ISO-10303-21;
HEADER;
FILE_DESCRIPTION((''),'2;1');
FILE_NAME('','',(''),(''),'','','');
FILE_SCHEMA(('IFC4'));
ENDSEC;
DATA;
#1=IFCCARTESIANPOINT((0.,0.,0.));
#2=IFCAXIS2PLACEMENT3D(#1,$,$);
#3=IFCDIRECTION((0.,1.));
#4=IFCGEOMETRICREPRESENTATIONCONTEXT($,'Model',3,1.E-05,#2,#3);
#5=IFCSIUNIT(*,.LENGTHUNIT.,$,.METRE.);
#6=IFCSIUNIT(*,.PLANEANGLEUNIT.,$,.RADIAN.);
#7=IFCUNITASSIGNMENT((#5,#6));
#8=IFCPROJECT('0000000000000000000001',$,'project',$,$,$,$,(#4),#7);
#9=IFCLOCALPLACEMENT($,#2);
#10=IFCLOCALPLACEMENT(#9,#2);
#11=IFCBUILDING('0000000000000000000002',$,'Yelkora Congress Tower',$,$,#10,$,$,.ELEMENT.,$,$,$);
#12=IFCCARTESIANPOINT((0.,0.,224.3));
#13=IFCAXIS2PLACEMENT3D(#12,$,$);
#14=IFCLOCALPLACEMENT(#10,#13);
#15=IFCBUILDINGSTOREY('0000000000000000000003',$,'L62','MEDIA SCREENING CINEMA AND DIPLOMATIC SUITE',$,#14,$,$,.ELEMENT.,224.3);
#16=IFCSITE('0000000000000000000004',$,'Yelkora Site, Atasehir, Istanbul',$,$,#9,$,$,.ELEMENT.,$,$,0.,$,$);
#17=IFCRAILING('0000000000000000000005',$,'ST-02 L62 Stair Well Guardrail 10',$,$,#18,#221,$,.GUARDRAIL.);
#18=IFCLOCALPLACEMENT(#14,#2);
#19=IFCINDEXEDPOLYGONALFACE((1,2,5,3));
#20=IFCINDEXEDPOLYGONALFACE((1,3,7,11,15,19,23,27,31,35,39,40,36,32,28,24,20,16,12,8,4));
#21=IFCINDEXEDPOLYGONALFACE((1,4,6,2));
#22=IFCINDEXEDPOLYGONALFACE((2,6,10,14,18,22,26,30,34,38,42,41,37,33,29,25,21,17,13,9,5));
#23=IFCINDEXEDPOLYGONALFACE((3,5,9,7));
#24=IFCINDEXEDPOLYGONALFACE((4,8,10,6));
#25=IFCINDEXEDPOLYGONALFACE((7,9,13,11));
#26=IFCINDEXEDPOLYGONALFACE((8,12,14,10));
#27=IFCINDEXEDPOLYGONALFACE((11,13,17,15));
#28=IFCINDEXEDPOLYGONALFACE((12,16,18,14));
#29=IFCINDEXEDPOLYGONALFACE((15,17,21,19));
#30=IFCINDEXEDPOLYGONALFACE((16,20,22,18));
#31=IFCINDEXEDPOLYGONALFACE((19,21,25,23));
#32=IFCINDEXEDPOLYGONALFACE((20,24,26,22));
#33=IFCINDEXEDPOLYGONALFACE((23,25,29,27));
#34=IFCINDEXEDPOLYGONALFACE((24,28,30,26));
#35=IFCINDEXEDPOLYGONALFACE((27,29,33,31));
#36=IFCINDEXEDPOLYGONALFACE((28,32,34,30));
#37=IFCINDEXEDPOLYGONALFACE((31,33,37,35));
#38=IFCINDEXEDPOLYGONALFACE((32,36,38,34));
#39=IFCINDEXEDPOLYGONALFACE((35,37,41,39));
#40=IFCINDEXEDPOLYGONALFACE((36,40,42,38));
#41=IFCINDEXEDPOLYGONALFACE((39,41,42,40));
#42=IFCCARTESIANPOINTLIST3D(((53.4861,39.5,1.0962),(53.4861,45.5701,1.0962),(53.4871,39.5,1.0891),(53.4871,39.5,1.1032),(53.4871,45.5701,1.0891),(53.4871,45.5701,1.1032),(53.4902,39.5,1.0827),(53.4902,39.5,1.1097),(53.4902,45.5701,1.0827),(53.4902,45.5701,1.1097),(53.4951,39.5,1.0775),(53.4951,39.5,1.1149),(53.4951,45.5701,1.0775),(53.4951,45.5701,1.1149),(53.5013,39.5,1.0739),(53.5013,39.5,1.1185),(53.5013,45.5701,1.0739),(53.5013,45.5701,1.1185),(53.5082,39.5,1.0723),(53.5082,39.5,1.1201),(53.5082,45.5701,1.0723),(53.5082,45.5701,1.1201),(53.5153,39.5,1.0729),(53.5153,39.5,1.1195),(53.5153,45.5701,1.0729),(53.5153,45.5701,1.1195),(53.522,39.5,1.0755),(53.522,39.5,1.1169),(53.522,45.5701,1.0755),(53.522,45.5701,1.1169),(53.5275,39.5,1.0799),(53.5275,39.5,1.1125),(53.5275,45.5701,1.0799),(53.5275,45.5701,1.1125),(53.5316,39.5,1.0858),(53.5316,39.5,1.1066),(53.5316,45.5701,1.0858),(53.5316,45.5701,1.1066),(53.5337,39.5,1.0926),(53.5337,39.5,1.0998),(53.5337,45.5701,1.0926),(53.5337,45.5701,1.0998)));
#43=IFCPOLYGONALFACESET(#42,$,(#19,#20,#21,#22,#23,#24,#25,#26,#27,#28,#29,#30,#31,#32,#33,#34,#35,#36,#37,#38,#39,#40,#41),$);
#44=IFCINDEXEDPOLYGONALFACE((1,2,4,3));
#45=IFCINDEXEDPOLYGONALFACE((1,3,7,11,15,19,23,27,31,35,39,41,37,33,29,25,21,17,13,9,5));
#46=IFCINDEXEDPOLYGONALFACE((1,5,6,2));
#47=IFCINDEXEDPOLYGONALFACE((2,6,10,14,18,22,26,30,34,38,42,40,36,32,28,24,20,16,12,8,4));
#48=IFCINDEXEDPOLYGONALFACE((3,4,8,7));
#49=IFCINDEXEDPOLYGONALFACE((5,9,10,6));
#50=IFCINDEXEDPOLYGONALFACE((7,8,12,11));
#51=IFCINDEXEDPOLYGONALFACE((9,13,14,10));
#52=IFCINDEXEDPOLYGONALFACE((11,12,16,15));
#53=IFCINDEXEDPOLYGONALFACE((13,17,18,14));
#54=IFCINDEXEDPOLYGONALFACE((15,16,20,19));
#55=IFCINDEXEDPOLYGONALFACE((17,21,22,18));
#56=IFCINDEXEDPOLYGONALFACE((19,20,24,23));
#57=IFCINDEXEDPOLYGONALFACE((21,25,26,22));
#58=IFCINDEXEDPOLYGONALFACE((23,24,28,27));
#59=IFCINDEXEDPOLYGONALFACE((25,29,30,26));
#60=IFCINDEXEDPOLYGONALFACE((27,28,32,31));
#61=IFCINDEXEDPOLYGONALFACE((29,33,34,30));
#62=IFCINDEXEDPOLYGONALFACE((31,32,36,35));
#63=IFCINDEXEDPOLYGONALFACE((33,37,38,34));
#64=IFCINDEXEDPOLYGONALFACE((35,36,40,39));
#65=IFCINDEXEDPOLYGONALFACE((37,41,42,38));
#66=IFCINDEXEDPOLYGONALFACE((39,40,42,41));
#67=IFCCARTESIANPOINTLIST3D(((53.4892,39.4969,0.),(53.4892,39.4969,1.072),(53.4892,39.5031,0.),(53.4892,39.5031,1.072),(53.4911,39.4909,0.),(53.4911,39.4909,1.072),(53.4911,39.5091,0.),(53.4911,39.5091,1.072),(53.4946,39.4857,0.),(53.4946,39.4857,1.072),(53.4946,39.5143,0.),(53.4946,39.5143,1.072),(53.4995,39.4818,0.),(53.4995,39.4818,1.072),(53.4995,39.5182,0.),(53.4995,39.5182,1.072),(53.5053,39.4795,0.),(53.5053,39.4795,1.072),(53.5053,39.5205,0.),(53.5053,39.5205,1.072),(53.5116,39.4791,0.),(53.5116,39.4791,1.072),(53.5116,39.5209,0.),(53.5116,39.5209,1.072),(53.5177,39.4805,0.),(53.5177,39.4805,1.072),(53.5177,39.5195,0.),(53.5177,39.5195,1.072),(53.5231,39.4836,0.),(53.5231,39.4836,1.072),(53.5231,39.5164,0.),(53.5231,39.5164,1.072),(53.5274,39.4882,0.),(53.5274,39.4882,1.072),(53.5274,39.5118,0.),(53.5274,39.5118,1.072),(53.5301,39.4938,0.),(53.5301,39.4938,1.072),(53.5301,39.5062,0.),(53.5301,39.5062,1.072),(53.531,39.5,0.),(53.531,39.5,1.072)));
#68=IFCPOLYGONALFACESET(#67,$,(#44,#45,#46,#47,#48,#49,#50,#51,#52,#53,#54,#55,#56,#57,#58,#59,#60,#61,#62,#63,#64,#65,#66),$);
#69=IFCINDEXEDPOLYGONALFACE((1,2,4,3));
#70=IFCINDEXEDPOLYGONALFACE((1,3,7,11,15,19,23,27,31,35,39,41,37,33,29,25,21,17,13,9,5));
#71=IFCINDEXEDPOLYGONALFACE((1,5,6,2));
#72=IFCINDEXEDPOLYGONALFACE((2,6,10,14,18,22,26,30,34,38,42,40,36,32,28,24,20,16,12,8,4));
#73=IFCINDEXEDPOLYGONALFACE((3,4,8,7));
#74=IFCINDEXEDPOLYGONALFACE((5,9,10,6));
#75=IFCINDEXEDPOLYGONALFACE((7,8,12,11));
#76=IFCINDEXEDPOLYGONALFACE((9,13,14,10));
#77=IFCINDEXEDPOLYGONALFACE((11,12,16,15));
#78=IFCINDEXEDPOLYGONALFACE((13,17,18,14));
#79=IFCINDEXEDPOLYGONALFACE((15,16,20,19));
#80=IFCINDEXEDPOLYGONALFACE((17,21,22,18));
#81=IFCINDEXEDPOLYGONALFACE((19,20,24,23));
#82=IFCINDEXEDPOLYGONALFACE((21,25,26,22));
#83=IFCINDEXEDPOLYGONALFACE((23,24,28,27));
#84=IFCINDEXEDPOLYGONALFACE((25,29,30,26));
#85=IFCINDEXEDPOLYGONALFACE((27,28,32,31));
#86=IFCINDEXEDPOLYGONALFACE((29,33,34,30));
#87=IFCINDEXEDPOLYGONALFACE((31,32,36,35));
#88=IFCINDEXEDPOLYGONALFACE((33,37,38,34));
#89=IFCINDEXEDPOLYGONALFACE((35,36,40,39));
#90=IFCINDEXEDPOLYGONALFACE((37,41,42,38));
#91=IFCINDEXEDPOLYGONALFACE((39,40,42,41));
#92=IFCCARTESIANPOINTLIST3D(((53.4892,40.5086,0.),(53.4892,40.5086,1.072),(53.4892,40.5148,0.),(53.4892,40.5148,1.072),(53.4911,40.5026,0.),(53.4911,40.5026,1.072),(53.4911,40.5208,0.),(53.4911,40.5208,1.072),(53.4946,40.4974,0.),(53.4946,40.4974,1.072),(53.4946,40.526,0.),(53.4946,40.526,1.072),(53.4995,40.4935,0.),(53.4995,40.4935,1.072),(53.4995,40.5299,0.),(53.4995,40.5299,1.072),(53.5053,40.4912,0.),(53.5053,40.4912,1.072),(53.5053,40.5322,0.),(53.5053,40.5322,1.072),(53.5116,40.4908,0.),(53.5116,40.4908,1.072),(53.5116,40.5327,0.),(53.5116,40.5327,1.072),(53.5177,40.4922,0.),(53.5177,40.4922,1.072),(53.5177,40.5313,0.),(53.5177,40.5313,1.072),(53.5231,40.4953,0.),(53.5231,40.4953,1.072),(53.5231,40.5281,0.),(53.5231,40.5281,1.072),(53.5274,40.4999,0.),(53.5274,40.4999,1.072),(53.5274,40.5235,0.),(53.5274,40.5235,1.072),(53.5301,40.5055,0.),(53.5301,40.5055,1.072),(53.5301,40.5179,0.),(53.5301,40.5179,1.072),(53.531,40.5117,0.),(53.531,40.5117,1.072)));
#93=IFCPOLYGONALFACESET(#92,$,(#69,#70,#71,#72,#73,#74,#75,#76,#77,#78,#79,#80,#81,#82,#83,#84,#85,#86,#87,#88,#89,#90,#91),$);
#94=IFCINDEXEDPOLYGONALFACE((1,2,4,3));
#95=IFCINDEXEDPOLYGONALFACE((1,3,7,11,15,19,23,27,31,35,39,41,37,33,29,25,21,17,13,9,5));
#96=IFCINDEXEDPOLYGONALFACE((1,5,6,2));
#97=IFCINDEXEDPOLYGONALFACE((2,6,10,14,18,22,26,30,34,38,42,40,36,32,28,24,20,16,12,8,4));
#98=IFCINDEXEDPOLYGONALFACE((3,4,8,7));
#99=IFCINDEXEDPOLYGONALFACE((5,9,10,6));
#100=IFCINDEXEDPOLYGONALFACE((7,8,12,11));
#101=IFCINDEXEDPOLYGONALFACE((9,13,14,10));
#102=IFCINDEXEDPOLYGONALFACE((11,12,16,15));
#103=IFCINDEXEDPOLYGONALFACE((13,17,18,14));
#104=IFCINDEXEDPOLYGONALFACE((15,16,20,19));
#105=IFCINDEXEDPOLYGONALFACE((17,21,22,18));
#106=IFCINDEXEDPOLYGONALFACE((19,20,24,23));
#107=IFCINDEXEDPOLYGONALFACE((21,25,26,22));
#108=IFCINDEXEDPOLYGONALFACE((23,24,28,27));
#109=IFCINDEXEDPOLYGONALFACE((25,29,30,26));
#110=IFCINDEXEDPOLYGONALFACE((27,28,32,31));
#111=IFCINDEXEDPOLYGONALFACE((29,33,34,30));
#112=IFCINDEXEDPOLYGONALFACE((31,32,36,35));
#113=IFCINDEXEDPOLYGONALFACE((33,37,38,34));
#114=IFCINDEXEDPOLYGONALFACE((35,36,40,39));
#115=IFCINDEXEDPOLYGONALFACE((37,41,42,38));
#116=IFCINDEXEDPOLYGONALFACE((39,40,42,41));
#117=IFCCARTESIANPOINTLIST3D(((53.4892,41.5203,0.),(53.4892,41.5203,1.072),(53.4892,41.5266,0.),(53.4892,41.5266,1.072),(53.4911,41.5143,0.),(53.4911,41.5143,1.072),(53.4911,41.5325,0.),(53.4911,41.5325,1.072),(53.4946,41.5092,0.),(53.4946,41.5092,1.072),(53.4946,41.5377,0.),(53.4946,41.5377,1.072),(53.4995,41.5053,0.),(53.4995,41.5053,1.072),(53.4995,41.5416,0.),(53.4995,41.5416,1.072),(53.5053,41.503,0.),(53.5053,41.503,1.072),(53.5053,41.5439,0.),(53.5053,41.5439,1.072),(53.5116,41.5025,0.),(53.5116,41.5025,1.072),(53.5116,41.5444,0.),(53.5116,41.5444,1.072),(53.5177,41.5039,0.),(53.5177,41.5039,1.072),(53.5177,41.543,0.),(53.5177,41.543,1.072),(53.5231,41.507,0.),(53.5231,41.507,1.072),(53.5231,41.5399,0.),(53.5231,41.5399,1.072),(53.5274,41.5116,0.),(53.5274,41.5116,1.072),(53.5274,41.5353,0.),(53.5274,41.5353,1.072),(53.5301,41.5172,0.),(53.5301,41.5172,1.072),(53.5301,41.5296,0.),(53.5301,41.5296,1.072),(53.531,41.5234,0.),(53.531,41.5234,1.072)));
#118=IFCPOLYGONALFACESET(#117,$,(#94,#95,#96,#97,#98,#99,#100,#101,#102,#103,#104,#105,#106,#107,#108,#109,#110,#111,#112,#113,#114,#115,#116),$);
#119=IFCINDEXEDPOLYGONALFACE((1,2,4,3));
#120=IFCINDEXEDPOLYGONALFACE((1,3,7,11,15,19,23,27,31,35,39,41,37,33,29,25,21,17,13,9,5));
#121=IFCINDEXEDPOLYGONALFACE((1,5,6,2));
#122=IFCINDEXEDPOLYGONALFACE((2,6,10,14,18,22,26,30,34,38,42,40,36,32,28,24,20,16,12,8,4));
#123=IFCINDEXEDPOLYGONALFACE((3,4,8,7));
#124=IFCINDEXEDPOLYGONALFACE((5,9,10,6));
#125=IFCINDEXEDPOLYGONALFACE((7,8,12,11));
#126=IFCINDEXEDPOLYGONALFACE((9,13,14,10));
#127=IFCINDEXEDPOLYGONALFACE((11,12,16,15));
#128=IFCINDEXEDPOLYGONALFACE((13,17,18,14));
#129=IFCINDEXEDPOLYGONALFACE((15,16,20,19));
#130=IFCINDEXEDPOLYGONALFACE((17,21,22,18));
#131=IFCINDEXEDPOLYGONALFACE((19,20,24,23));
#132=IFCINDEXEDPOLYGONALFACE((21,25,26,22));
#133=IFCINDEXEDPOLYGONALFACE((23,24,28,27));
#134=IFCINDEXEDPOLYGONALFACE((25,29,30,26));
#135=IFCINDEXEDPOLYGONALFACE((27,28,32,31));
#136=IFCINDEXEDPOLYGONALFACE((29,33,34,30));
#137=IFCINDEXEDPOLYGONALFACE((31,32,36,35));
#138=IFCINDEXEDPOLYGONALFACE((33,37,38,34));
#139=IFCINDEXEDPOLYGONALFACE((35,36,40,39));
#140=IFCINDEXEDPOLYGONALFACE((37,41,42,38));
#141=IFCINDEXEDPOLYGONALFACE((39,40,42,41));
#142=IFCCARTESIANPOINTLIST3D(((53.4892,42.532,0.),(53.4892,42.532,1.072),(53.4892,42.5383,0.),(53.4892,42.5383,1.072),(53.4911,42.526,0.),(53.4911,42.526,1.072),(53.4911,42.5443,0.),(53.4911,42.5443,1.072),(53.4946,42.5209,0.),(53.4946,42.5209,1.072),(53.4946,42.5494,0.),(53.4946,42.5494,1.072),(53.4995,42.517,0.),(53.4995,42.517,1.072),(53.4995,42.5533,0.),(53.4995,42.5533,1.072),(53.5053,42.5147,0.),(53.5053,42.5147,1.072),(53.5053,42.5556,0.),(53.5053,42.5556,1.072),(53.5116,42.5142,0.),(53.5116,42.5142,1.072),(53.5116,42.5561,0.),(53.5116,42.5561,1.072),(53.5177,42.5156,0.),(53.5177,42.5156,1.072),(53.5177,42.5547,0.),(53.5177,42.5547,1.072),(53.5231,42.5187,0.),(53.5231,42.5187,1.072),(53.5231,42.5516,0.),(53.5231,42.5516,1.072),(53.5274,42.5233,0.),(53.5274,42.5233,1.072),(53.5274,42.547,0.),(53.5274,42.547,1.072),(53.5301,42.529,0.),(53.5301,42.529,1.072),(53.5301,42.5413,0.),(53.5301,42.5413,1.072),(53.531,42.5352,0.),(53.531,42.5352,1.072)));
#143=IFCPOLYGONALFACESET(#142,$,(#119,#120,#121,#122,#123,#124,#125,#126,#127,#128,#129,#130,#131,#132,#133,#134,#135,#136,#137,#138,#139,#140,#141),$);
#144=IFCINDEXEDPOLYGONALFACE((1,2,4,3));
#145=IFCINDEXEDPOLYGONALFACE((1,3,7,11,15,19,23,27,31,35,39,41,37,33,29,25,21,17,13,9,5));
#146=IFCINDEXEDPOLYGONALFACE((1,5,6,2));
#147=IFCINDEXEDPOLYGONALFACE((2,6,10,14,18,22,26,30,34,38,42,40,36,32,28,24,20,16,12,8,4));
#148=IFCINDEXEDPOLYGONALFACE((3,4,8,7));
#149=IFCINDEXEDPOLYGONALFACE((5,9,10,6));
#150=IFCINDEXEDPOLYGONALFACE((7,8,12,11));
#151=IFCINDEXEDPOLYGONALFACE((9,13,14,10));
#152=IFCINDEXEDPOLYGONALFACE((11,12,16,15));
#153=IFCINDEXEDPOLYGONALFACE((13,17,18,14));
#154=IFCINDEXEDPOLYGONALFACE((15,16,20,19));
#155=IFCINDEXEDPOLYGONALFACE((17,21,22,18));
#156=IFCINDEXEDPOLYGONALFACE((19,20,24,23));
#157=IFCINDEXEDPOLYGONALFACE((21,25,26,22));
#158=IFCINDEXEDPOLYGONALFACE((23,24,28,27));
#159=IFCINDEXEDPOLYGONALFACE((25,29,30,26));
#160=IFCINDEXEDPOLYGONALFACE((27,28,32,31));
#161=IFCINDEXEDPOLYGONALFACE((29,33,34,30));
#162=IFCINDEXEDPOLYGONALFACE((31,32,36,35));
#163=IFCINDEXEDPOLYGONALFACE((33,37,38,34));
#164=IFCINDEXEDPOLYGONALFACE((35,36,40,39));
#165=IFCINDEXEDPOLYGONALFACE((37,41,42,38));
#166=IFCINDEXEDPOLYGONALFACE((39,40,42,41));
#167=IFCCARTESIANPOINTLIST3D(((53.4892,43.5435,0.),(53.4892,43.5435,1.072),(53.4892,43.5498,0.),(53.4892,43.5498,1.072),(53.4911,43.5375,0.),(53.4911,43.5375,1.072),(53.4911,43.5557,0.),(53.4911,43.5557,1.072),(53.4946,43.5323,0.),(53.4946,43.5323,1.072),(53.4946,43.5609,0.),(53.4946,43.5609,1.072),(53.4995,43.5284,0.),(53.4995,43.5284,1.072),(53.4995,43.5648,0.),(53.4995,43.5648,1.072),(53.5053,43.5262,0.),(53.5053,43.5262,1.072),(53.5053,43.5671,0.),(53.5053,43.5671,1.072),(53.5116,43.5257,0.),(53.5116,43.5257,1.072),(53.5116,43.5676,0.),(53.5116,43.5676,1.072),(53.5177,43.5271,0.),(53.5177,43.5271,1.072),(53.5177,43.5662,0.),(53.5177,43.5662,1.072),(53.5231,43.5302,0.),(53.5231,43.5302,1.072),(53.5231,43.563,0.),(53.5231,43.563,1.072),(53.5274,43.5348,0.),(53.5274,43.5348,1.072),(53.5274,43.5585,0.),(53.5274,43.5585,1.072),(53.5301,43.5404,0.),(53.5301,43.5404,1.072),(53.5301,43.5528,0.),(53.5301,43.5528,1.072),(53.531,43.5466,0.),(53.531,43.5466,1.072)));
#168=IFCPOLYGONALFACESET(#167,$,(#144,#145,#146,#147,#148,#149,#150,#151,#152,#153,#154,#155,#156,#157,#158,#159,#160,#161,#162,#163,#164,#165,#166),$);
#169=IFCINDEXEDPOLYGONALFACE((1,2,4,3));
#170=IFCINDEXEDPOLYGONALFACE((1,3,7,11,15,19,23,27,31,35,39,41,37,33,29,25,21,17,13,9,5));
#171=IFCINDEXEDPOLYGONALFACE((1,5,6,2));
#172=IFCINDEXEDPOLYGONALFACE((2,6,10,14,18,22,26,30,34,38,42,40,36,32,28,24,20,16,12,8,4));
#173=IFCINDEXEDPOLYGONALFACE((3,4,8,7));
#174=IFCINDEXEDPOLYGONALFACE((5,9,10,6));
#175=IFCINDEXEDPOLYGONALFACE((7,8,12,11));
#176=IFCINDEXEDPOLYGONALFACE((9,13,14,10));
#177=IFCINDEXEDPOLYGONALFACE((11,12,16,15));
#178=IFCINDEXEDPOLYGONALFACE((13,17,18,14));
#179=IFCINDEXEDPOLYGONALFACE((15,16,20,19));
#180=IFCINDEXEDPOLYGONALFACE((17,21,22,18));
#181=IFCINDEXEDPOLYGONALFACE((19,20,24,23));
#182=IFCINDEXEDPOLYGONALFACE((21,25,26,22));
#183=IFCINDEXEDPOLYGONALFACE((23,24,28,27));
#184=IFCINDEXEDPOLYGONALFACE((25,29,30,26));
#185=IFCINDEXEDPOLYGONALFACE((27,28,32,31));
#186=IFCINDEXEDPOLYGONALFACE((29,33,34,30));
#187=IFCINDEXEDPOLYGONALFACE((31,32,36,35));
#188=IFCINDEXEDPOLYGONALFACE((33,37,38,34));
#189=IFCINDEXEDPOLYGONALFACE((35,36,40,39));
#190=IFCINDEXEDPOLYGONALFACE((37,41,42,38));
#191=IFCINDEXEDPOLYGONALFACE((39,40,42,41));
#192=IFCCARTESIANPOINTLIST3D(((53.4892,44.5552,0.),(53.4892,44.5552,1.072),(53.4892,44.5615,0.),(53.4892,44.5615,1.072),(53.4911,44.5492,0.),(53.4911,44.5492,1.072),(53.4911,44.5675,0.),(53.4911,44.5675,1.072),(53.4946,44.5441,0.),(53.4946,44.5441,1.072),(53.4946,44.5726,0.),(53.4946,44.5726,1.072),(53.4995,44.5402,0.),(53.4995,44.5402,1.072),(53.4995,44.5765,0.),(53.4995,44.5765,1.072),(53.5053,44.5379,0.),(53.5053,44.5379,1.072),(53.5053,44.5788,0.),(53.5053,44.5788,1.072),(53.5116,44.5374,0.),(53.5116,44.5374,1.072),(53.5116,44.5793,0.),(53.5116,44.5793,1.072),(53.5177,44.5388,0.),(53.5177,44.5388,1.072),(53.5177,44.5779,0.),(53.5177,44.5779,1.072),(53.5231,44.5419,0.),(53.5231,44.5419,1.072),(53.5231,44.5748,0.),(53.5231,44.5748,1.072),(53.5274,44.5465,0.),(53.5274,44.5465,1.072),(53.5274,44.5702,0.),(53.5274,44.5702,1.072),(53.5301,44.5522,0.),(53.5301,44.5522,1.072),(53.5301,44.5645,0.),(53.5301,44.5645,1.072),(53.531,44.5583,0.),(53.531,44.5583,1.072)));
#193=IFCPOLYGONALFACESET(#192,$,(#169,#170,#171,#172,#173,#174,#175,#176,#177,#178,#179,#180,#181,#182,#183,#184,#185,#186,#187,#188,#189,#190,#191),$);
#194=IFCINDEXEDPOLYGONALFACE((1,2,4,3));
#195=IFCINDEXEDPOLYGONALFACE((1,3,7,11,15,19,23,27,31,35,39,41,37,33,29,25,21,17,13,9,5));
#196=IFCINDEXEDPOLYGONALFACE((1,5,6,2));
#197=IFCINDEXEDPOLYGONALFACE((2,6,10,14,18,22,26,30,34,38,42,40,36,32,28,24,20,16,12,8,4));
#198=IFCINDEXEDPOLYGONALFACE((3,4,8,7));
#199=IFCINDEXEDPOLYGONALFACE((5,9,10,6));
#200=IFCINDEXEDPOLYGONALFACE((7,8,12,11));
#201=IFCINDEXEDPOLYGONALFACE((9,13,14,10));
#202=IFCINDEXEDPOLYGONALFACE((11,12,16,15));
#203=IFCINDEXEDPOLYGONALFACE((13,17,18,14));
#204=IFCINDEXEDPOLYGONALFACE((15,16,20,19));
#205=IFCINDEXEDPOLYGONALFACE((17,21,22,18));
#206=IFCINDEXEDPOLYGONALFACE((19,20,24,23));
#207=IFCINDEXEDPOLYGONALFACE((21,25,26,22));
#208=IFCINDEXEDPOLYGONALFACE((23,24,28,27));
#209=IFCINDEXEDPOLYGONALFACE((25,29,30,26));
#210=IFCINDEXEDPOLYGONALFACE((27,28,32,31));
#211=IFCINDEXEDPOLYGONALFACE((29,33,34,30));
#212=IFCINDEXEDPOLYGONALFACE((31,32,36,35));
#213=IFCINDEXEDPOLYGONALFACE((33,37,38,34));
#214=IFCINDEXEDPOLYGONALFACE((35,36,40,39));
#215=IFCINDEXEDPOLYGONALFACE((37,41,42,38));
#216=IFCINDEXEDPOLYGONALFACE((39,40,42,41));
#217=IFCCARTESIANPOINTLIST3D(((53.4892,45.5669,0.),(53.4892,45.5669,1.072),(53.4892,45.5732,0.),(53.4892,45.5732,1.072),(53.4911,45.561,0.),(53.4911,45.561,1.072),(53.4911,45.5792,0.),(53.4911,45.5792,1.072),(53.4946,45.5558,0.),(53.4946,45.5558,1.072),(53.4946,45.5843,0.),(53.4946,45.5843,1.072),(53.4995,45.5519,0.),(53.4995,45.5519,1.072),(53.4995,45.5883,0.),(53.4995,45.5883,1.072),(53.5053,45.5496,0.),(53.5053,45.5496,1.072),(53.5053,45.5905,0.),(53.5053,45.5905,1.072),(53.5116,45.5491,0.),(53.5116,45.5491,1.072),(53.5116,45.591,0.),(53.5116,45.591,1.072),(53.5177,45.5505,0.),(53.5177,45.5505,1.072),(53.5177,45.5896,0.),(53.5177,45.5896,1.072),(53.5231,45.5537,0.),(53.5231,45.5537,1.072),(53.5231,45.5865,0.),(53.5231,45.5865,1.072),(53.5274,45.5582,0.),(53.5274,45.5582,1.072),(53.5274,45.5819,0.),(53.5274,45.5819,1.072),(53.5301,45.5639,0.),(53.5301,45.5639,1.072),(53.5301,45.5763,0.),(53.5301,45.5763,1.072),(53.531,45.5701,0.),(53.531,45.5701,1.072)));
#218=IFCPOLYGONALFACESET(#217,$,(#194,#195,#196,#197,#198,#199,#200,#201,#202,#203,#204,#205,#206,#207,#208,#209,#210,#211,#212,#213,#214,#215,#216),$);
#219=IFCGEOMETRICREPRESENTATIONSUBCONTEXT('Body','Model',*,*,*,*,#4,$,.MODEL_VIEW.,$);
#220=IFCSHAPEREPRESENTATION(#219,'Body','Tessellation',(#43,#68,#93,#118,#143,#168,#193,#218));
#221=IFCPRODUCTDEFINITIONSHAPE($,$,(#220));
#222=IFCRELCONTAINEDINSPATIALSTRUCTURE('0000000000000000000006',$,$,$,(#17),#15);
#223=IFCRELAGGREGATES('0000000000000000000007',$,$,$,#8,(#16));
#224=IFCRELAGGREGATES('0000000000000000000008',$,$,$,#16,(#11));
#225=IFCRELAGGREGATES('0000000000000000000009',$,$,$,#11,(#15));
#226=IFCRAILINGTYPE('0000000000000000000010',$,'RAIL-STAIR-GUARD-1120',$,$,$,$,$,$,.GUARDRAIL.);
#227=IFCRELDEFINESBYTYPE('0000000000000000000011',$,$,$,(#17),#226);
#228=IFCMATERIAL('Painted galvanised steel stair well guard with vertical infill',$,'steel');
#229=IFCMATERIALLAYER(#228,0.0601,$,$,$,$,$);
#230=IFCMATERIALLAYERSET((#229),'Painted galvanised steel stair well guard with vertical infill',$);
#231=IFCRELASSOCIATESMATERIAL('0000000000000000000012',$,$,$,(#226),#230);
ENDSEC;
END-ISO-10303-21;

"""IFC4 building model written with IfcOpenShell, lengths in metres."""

from ifc_helpers import new_model, si_unit, direction, frame, origin, origin_2d, place, context, subcontext, project, spatial, circle, extrude, material, layer, layer_set, type_object, element, save


model = new_model("IFC4")

# Units and contexts
model_context = context("Model", 3, precision=1e-05, world=origin(), true_north=direction((0.0, 1.0)))
body_context = subcontext(model_context, "Body", "Model", "MODEL_VIEW")
ifc_project = project(units=[si_unit("LENGTHUNIT", "METRE"), si_unit("PLANEANGLEUNIT", "RADIAN")], contexts=[model_context])

# Site, building, storey
site_placement = place(None, origin())
site = spatial("IfcSite", under=ifc_project, at=site_placement, Name="Yelkora Site, Atasehir, Istanbul", CompositionType="ELEMENT", RefElevation=0.0)
building_placement = place(site_placement, origin())
building = spatial("IfcBuilding", under=site, at=building_placement, Name="Yelkora Congress Tower", CompositionType="ELEMENT")
storey_placement = place(building_placement, frame((0.0, 0.0, 224.3)))
storey = spatial("IfcBuildingStorey", under=building, at=storey_placement, Name="L62", Description="MEDIA SCREENING CINEMA AND DIPLOMATIC SUITE", CompositionType="ELEMENT", Elevation=224.3)

# Railing
ifc_material_1 = material(Name="Painted galvanised steel stair well guard with vertical infill", Category="steel")
ifc_layer_1 = layer(ifc_material_1, 0.0601)
ifc_layer_set_1 = layer_set([ifc_layer_1], Name="Painted galvanised steel stair well guard with vertical infill")
railing_type_1 = type_object("IfcRailingType", Name="RAIL-STAIR-GUARD-1120", PredefinedType="GUARDRAIL", material=ifc_layer_set_1)
railing_1_placement = place(storey_placement, frame((53.51, 39.5, 0.0)))
element("IfcRailing", 1, at=railing_1_placement, inside=storey, type_object=railing_type_1, Name="ST-02 L62 Stair Well Guardrail 10", PredefinedType="GUARDRAIL", context=body_context, shape_type="SweptSolid", body=[
    extrude(circle(Radius=0.0239, at=origin_2d()), frame((0.0, 0.0, 1.0962), z_axis=(0.0, 1.0, 0.0), x_axis=(-1.0, 0.0, 0.0)), (0.0, 0.0, 1.0), 6.0701),
    extrude(circle(Radius=0.021, at=origin_2d()), origin(), (0.0, 0.0, 1.0), 1.072),
    extrude(circle(Radius=0.021, at=origin_2d()), frame((0.0, 1.0117, 0.0)), (0.0, 0.0, 1.0), 1.072),
    extrude(circle(Radius=0.021, at=origin_2d()), frame((0.0, 2.0234, 0.0)), (0.0, 0.0, 1.0), 1.072),
    extrude(circle(Radius=0.021, at=origin_2d()), frame((0.0, 3.0352, 0.0)), (0.0, 0.0, 1.0), 1.072),
    extrude(circle(Radius=0.021, at=origin_2d()), frame((0.0, 4.0466, 0.0)), (0.0, 0.0, 1.0), 1.072),
    extrude(circle(Radius=0.021, at=origin_2d()), frame((0.0, 5.0583, 0.0)), (0.0, 0.0, 1.0), 1.072),
    extrude(circle(Radius=0.021, at=origin_2d()), frame((0.0, 6.0701, 0.0)), (0.0, 0.0, 1.0), 1.072),
])

save(model, "model.ifc")
